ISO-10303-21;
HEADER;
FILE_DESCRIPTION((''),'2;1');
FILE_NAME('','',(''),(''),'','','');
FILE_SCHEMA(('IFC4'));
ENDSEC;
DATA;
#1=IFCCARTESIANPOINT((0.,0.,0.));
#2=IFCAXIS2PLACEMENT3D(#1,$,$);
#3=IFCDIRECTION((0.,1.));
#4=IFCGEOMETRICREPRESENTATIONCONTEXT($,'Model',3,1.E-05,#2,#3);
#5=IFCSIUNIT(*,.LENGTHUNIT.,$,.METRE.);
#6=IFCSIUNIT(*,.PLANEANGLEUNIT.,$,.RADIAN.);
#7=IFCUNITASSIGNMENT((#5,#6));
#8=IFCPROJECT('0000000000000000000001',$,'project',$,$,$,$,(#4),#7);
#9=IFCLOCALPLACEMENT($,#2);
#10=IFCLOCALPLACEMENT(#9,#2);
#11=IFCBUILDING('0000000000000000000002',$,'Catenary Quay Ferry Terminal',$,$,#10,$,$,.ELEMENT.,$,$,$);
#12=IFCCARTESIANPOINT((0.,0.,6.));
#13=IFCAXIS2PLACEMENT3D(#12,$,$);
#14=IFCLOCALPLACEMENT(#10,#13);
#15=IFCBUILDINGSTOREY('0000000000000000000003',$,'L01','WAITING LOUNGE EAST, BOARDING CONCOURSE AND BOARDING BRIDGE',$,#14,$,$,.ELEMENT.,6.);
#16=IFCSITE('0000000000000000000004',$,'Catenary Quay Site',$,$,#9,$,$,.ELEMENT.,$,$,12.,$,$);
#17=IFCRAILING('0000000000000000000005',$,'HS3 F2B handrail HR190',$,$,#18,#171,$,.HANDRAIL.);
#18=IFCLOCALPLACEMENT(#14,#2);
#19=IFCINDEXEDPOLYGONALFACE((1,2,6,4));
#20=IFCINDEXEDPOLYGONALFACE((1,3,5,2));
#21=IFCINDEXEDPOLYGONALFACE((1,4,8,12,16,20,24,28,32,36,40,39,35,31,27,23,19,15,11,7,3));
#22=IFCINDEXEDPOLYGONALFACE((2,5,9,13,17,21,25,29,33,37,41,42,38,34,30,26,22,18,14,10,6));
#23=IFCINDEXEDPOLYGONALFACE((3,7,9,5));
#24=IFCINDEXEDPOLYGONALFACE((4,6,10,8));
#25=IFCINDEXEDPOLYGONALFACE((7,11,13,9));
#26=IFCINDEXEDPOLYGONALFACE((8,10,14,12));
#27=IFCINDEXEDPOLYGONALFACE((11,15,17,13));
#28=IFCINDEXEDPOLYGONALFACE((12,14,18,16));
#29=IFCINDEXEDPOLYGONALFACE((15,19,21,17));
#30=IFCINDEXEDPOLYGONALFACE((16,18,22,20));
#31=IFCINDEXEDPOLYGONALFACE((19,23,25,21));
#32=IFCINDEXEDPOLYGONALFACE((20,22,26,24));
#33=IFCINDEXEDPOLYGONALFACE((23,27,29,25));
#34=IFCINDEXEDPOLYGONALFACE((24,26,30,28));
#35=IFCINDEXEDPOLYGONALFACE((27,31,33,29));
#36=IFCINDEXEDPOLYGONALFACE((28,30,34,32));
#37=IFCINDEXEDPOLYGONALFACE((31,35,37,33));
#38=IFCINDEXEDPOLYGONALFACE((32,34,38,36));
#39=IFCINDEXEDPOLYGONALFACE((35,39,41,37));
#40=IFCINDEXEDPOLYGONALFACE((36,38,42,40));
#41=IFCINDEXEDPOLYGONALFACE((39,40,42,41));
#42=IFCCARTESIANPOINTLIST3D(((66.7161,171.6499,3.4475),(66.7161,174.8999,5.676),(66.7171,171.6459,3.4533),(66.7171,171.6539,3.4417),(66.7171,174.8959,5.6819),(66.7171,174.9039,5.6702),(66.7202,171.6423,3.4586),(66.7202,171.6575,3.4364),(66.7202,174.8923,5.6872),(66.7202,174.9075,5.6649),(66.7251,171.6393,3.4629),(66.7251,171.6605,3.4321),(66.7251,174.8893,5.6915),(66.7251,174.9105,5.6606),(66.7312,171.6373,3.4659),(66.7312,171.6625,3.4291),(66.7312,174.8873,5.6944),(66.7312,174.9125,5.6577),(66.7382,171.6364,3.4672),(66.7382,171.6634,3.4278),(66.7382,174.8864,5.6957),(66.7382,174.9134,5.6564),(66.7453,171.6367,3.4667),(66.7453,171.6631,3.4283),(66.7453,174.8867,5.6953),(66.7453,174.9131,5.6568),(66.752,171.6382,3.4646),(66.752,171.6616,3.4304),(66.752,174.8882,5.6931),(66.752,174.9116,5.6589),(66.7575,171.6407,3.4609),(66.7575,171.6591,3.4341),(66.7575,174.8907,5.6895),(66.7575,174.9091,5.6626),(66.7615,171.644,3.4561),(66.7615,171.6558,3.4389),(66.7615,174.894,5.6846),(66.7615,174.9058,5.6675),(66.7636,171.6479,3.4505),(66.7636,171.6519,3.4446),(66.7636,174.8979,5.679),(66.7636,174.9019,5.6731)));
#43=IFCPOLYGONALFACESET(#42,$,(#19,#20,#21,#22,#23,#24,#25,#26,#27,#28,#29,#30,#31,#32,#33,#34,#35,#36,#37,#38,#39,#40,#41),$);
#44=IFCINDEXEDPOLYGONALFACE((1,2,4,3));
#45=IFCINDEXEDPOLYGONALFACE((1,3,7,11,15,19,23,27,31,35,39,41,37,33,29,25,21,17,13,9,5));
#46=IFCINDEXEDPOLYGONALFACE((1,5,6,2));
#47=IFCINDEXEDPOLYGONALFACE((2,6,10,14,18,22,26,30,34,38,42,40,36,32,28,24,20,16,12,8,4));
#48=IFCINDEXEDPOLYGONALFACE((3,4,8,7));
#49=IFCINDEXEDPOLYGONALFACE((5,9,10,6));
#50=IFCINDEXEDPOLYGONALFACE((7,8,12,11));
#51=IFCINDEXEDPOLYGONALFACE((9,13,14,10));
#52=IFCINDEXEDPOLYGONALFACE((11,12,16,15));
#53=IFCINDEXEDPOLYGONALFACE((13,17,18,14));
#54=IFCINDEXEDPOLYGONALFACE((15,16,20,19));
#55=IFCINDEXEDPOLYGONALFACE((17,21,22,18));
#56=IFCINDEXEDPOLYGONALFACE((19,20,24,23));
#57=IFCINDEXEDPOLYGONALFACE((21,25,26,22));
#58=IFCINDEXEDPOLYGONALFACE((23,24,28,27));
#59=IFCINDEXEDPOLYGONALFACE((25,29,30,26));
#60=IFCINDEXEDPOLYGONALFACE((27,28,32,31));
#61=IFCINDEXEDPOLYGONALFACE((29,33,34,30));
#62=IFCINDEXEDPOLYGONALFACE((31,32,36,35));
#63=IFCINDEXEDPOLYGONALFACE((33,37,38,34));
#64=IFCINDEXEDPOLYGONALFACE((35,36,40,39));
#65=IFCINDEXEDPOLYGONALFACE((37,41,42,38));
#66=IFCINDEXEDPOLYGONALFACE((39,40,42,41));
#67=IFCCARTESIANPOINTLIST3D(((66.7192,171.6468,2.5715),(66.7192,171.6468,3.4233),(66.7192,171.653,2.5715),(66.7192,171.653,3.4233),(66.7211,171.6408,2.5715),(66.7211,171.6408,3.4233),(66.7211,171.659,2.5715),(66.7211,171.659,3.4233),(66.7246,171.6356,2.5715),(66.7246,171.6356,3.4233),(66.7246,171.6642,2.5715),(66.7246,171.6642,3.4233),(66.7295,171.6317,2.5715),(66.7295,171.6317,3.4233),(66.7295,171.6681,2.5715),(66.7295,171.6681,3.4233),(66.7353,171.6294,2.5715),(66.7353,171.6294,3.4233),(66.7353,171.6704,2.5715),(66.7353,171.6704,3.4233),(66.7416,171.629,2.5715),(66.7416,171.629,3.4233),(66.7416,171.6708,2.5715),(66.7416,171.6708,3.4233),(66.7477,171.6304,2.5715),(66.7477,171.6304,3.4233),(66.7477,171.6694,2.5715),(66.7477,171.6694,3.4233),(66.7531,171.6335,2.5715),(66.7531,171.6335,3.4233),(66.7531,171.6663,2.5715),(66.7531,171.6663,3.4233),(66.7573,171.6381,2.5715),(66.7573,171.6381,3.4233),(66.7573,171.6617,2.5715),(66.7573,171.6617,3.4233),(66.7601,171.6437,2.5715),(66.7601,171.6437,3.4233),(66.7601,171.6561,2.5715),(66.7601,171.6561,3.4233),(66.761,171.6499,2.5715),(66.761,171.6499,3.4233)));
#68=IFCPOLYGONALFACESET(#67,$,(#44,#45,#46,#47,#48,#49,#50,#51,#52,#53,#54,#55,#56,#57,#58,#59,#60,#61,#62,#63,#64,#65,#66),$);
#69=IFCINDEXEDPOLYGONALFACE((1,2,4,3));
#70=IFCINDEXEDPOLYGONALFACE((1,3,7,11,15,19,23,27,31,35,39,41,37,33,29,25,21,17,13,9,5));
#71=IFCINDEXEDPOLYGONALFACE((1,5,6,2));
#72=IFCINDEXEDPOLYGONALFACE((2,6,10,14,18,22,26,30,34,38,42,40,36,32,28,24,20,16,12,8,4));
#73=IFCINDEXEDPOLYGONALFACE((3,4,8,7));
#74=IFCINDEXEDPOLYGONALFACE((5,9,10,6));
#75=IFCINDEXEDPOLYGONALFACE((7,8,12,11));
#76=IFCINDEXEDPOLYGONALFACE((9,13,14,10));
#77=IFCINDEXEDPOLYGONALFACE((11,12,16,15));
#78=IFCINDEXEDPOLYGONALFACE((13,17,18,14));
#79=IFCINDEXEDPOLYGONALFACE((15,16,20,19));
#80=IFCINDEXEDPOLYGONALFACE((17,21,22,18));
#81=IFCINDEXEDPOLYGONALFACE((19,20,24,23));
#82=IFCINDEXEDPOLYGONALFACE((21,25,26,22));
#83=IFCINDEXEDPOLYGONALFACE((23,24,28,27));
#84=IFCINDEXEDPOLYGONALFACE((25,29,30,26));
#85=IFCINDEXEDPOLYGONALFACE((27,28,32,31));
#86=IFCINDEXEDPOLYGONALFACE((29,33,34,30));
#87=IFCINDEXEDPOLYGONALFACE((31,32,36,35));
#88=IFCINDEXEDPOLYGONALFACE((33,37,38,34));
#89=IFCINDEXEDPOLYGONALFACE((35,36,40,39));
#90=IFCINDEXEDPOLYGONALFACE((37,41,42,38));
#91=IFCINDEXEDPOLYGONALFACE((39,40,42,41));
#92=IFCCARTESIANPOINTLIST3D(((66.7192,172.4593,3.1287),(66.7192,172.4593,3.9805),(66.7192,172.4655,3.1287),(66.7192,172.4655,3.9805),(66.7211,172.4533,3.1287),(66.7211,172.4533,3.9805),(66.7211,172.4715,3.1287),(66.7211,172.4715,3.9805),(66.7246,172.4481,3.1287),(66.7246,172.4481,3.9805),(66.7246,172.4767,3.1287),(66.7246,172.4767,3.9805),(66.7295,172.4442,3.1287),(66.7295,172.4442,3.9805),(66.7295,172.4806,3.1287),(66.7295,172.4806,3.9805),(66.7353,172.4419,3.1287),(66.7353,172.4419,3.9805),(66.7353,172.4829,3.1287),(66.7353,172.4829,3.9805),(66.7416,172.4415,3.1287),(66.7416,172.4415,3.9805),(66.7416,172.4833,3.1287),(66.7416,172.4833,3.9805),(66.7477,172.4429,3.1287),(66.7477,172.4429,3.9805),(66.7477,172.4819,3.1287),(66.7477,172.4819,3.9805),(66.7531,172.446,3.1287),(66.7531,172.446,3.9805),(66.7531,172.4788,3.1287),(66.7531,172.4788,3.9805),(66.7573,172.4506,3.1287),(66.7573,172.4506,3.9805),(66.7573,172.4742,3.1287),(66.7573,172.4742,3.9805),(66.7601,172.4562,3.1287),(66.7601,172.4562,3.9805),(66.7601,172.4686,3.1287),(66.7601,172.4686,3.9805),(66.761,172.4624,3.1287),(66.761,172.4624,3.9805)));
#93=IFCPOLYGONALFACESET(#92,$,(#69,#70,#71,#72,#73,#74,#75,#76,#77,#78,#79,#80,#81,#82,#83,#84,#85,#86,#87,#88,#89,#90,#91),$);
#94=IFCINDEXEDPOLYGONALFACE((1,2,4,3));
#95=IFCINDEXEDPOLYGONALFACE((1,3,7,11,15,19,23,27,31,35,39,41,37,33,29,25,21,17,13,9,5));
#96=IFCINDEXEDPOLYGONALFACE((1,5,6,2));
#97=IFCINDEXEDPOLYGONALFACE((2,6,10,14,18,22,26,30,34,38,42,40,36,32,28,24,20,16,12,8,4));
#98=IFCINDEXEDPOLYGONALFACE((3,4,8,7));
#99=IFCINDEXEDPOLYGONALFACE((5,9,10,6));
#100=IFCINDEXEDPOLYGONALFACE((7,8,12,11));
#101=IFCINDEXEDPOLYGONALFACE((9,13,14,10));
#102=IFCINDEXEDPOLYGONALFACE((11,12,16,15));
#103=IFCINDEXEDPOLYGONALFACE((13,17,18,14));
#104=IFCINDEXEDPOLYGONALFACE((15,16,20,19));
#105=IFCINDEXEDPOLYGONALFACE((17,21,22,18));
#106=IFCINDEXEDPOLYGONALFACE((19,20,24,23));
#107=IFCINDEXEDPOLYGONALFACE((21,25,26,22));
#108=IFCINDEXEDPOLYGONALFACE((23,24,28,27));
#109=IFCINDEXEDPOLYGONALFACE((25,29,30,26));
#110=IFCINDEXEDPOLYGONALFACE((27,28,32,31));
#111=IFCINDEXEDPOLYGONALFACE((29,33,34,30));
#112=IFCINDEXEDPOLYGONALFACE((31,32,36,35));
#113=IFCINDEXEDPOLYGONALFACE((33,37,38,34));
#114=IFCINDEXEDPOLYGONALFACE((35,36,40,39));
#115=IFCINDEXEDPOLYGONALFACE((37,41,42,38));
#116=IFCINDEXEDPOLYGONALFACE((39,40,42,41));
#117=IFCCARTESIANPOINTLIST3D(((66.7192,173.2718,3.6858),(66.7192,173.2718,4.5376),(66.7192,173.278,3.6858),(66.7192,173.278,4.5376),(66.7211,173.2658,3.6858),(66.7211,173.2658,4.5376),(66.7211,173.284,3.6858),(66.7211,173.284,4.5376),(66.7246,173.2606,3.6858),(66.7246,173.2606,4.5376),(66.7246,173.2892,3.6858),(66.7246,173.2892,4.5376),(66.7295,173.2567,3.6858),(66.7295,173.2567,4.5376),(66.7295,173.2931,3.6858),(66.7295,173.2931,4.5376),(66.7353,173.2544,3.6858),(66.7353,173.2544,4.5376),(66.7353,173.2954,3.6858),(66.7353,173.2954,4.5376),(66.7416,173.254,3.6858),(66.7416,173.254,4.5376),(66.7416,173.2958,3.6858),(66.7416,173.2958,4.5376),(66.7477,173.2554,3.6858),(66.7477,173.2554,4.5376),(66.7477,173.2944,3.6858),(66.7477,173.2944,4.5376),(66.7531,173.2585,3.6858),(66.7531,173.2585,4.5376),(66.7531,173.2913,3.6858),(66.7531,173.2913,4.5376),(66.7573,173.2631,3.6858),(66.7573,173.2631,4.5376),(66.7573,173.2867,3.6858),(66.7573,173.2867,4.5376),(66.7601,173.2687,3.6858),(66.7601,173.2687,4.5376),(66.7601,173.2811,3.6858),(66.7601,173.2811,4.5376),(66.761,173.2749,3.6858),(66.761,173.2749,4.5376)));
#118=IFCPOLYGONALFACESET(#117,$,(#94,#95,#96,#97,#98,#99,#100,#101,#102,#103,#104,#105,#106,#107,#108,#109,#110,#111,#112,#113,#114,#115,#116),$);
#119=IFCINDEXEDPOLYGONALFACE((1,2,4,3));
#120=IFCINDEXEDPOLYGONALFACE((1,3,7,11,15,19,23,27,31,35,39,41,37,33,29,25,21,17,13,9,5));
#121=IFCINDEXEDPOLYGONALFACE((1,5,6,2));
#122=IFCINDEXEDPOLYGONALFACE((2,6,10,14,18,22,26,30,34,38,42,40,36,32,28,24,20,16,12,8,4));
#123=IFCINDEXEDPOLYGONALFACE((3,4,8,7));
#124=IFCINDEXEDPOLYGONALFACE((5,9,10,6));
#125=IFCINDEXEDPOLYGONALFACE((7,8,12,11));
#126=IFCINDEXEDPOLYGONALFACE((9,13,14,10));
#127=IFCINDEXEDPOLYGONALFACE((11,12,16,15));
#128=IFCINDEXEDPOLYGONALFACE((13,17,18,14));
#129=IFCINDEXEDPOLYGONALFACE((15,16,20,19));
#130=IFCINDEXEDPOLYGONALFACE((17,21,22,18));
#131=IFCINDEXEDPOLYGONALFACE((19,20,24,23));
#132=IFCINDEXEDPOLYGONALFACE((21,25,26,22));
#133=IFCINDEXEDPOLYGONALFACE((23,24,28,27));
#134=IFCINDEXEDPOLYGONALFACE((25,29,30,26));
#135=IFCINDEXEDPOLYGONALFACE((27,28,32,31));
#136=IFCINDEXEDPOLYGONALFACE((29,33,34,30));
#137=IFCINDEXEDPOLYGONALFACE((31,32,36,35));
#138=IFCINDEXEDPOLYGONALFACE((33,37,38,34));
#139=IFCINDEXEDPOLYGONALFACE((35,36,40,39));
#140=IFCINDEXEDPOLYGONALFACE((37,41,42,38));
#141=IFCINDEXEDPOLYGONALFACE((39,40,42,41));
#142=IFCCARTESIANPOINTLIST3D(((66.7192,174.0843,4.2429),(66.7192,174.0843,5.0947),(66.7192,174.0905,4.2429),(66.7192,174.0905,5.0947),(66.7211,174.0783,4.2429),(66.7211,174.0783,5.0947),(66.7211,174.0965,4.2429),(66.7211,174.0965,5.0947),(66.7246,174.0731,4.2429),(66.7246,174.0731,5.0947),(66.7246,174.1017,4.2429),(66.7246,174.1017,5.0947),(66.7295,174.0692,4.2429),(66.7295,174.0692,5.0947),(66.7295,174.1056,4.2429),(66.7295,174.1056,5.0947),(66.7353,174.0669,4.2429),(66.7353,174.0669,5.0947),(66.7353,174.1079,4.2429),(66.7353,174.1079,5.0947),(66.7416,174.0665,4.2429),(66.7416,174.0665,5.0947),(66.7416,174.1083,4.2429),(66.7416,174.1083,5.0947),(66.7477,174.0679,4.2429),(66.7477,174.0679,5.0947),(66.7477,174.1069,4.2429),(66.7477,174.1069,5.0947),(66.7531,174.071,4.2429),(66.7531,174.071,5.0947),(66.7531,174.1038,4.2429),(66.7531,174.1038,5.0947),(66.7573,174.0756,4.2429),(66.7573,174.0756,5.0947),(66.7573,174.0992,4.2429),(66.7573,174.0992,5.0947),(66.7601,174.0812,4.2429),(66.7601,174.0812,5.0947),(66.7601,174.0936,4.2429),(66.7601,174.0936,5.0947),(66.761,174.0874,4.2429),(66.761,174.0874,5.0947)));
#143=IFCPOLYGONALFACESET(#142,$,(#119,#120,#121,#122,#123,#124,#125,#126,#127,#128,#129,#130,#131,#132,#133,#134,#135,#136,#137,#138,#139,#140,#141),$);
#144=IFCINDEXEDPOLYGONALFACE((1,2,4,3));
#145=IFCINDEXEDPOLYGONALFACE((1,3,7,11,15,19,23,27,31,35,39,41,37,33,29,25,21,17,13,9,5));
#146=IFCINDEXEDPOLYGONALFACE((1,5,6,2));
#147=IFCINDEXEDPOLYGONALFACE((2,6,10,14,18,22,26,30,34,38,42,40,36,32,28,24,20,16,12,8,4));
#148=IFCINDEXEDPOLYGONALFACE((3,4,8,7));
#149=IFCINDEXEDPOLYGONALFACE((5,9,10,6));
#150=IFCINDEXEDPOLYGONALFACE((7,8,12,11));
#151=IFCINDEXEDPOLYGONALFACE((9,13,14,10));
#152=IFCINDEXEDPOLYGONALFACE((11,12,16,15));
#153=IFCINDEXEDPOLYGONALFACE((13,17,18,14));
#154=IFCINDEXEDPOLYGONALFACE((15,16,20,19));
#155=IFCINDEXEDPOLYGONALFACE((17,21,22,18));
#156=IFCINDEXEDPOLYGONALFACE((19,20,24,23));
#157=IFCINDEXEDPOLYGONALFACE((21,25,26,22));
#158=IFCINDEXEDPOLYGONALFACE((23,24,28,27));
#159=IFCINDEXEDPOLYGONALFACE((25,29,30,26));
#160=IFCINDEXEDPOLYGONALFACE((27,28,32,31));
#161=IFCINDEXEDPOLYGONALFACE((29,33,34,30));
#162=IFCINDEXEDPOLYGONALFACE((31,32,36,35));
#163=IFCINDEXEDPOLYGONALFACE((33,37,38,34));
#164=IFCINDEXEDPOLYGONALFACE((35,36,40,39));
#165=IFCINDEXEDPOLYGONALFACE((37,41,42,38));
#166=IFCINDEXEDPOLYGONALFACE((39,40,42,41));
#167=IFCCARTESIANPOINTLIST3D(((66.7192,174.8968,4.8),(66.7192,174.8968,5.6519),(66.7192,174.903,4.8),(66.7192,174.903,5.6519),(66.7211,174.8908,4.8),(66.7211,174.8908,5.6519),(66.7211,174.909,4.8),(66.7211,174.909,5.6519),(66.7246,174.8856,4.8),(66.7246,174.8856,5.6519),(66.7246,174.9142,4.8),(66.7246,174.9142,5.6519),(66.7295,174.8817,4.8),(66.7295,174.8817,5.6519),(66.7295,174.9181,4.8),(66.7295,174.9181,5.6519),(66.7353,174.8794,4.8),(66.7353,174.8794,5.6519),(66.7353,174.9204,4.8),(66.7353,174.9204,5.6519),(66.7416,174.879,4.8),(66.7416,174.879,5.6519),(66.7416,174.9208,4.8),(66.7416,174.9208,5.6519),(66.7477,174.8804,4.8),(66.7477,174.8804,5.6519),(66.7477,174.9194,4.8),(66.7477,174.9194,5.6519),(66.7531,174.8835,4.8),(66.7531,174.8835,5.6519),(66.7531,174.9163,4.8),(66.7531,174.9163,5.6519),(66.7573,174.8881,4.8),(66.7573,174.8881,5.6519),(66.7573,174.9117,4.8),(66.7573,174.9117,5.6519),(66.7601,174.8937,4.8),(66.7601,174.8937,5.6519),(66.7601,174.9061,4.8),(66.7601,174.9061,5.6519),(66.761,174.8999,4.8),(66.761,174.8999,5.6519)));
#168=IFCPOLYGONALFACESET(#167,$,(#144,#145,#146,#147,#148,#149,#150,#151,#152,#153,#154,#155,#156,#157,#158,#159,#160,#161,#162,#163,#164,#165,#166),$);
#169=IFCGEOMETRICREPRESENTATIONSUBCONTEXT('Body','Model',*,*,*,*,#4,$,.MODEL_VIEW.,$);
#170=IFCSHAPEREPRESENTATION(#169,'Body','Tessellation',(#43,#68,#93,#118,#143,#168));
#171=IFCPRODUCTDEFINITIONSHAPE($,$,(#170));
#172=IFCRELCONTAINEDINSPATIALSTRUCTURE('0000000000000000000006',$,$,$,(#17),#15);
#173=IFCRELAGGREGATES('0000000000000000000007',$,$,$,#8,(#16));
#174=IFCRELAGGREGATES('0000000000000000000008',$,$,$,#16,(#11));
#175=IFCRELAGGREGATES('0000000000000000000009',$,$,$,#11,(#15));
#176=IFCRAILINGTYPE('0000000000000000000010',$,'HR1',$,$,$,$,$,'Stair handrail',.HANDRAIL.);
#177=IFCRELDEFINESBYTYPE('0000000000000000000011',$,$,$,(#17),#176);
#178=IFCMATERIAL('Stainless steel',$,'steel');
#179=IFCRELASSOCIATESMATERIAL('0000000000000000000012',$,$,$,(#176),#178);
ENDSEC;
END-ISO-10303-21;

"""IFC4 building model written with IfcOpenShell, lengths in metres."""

from ifc_helpers import new_model, si_unit, direction, frame, origin, origin_2d, place, context, subcontext, project, spatial, circle, extrude, material, type_object, element, save


model = new_model("IFC4")

# Units and contexts
model_context = context("Model", 3, precision=1e-05, world=origin(), true_north=direction((0.0, 1.0)))
body_context = subcontext(model_context, "Body", "Model", "MODEL_VIEW")
ifc_project = project(units=[si_unit("LENGTHUNIT", "METRE"), si_unit("PLANEANGLEUNIT", "RADIAN")], contexts=[model_context])

# Site, building, storey
site_placement = place(None, origin())
site = spatial("IfcSite", under=ifc_project, at=site_placement, Name="Catenary Quay Site", CompositionType="ELEMENT", RefElevation=12.0)
building_placement = place(site_placement, origin())
building = spatial("IfcBuilding", under=site, at=building_placement, Name="Catenary Quay Ferry Terminal", CompositionType="ELEMENT")
storey_placement = place(building_placement, frame((0.0, 0.0, 6.0)))
storey = spatial("IfcBuildingStorey", under=building, at=storey_placement, Name="L01", Description="WAITING LOUNGE EAST, BOARDING CONCOURSE AND BOARDING BRIDGE", CompositionType="ELEMENT", Elevation=6.0)

# Railing
ifc_material_1 = material(Name="Stainless steel", Category="steel")
railing_type_1 = type_object("IfcRailingType", Name="HR1", ElementType="Stair handrail", PredefinedType="HANDRAIL", material=ifc_material_1)
for number, where, name in (
    (1, (66.74, 171.6499, 2.5715), "HS3 F2B handrail HR190"),
):
    element("IfcRailing", number, at=place(storey_placement, frame(where)), inside=storey, type_object=railing_type_1, Name=name, PredefinedType="HANDRAIL", context=body_context, shape_type="SweptSolid", body=[
        extrude(circle(Radius=0.0239, at=origin_2d()), frame((0.0, 0.0, 0.876), z_axis=(0.0, 0.824735, 0.565519), x_axis=(-1.0, 0.0, 0.0)), (0.0, 0.0, 1.0), 3.9407),
        extrude(circle(Radius=0.021, at=origin_2d()), origin(), (0.0, 0.0, 1.0), 0.8518),
        extrude(circle(Radius=0.021, at=origin_2d()), frame((0.0, 0.8125, 0.5571)), (0.0, 0.0, 1.0), 0.8518),
        extrude(circle(Radius=0.021, at=origin_2d()), frame((0.0, 1.625, 1.1143)), (0.0, 0.0, 1.0), 0.8518),
        extrude(circle(Radius=0.021, at=origin_2d()), frame((0.0, 2.4375, 1.6714)), (0.0, 0.0, 1.0), 0.8518),
        extrude(circle(Radius=0.021, at=origin_2d()), frame((0.0, 3.25, 2.2285)), (0.0, 0.0, 1.0), 0.8518),
    ])

save(model, "model.ifc")
